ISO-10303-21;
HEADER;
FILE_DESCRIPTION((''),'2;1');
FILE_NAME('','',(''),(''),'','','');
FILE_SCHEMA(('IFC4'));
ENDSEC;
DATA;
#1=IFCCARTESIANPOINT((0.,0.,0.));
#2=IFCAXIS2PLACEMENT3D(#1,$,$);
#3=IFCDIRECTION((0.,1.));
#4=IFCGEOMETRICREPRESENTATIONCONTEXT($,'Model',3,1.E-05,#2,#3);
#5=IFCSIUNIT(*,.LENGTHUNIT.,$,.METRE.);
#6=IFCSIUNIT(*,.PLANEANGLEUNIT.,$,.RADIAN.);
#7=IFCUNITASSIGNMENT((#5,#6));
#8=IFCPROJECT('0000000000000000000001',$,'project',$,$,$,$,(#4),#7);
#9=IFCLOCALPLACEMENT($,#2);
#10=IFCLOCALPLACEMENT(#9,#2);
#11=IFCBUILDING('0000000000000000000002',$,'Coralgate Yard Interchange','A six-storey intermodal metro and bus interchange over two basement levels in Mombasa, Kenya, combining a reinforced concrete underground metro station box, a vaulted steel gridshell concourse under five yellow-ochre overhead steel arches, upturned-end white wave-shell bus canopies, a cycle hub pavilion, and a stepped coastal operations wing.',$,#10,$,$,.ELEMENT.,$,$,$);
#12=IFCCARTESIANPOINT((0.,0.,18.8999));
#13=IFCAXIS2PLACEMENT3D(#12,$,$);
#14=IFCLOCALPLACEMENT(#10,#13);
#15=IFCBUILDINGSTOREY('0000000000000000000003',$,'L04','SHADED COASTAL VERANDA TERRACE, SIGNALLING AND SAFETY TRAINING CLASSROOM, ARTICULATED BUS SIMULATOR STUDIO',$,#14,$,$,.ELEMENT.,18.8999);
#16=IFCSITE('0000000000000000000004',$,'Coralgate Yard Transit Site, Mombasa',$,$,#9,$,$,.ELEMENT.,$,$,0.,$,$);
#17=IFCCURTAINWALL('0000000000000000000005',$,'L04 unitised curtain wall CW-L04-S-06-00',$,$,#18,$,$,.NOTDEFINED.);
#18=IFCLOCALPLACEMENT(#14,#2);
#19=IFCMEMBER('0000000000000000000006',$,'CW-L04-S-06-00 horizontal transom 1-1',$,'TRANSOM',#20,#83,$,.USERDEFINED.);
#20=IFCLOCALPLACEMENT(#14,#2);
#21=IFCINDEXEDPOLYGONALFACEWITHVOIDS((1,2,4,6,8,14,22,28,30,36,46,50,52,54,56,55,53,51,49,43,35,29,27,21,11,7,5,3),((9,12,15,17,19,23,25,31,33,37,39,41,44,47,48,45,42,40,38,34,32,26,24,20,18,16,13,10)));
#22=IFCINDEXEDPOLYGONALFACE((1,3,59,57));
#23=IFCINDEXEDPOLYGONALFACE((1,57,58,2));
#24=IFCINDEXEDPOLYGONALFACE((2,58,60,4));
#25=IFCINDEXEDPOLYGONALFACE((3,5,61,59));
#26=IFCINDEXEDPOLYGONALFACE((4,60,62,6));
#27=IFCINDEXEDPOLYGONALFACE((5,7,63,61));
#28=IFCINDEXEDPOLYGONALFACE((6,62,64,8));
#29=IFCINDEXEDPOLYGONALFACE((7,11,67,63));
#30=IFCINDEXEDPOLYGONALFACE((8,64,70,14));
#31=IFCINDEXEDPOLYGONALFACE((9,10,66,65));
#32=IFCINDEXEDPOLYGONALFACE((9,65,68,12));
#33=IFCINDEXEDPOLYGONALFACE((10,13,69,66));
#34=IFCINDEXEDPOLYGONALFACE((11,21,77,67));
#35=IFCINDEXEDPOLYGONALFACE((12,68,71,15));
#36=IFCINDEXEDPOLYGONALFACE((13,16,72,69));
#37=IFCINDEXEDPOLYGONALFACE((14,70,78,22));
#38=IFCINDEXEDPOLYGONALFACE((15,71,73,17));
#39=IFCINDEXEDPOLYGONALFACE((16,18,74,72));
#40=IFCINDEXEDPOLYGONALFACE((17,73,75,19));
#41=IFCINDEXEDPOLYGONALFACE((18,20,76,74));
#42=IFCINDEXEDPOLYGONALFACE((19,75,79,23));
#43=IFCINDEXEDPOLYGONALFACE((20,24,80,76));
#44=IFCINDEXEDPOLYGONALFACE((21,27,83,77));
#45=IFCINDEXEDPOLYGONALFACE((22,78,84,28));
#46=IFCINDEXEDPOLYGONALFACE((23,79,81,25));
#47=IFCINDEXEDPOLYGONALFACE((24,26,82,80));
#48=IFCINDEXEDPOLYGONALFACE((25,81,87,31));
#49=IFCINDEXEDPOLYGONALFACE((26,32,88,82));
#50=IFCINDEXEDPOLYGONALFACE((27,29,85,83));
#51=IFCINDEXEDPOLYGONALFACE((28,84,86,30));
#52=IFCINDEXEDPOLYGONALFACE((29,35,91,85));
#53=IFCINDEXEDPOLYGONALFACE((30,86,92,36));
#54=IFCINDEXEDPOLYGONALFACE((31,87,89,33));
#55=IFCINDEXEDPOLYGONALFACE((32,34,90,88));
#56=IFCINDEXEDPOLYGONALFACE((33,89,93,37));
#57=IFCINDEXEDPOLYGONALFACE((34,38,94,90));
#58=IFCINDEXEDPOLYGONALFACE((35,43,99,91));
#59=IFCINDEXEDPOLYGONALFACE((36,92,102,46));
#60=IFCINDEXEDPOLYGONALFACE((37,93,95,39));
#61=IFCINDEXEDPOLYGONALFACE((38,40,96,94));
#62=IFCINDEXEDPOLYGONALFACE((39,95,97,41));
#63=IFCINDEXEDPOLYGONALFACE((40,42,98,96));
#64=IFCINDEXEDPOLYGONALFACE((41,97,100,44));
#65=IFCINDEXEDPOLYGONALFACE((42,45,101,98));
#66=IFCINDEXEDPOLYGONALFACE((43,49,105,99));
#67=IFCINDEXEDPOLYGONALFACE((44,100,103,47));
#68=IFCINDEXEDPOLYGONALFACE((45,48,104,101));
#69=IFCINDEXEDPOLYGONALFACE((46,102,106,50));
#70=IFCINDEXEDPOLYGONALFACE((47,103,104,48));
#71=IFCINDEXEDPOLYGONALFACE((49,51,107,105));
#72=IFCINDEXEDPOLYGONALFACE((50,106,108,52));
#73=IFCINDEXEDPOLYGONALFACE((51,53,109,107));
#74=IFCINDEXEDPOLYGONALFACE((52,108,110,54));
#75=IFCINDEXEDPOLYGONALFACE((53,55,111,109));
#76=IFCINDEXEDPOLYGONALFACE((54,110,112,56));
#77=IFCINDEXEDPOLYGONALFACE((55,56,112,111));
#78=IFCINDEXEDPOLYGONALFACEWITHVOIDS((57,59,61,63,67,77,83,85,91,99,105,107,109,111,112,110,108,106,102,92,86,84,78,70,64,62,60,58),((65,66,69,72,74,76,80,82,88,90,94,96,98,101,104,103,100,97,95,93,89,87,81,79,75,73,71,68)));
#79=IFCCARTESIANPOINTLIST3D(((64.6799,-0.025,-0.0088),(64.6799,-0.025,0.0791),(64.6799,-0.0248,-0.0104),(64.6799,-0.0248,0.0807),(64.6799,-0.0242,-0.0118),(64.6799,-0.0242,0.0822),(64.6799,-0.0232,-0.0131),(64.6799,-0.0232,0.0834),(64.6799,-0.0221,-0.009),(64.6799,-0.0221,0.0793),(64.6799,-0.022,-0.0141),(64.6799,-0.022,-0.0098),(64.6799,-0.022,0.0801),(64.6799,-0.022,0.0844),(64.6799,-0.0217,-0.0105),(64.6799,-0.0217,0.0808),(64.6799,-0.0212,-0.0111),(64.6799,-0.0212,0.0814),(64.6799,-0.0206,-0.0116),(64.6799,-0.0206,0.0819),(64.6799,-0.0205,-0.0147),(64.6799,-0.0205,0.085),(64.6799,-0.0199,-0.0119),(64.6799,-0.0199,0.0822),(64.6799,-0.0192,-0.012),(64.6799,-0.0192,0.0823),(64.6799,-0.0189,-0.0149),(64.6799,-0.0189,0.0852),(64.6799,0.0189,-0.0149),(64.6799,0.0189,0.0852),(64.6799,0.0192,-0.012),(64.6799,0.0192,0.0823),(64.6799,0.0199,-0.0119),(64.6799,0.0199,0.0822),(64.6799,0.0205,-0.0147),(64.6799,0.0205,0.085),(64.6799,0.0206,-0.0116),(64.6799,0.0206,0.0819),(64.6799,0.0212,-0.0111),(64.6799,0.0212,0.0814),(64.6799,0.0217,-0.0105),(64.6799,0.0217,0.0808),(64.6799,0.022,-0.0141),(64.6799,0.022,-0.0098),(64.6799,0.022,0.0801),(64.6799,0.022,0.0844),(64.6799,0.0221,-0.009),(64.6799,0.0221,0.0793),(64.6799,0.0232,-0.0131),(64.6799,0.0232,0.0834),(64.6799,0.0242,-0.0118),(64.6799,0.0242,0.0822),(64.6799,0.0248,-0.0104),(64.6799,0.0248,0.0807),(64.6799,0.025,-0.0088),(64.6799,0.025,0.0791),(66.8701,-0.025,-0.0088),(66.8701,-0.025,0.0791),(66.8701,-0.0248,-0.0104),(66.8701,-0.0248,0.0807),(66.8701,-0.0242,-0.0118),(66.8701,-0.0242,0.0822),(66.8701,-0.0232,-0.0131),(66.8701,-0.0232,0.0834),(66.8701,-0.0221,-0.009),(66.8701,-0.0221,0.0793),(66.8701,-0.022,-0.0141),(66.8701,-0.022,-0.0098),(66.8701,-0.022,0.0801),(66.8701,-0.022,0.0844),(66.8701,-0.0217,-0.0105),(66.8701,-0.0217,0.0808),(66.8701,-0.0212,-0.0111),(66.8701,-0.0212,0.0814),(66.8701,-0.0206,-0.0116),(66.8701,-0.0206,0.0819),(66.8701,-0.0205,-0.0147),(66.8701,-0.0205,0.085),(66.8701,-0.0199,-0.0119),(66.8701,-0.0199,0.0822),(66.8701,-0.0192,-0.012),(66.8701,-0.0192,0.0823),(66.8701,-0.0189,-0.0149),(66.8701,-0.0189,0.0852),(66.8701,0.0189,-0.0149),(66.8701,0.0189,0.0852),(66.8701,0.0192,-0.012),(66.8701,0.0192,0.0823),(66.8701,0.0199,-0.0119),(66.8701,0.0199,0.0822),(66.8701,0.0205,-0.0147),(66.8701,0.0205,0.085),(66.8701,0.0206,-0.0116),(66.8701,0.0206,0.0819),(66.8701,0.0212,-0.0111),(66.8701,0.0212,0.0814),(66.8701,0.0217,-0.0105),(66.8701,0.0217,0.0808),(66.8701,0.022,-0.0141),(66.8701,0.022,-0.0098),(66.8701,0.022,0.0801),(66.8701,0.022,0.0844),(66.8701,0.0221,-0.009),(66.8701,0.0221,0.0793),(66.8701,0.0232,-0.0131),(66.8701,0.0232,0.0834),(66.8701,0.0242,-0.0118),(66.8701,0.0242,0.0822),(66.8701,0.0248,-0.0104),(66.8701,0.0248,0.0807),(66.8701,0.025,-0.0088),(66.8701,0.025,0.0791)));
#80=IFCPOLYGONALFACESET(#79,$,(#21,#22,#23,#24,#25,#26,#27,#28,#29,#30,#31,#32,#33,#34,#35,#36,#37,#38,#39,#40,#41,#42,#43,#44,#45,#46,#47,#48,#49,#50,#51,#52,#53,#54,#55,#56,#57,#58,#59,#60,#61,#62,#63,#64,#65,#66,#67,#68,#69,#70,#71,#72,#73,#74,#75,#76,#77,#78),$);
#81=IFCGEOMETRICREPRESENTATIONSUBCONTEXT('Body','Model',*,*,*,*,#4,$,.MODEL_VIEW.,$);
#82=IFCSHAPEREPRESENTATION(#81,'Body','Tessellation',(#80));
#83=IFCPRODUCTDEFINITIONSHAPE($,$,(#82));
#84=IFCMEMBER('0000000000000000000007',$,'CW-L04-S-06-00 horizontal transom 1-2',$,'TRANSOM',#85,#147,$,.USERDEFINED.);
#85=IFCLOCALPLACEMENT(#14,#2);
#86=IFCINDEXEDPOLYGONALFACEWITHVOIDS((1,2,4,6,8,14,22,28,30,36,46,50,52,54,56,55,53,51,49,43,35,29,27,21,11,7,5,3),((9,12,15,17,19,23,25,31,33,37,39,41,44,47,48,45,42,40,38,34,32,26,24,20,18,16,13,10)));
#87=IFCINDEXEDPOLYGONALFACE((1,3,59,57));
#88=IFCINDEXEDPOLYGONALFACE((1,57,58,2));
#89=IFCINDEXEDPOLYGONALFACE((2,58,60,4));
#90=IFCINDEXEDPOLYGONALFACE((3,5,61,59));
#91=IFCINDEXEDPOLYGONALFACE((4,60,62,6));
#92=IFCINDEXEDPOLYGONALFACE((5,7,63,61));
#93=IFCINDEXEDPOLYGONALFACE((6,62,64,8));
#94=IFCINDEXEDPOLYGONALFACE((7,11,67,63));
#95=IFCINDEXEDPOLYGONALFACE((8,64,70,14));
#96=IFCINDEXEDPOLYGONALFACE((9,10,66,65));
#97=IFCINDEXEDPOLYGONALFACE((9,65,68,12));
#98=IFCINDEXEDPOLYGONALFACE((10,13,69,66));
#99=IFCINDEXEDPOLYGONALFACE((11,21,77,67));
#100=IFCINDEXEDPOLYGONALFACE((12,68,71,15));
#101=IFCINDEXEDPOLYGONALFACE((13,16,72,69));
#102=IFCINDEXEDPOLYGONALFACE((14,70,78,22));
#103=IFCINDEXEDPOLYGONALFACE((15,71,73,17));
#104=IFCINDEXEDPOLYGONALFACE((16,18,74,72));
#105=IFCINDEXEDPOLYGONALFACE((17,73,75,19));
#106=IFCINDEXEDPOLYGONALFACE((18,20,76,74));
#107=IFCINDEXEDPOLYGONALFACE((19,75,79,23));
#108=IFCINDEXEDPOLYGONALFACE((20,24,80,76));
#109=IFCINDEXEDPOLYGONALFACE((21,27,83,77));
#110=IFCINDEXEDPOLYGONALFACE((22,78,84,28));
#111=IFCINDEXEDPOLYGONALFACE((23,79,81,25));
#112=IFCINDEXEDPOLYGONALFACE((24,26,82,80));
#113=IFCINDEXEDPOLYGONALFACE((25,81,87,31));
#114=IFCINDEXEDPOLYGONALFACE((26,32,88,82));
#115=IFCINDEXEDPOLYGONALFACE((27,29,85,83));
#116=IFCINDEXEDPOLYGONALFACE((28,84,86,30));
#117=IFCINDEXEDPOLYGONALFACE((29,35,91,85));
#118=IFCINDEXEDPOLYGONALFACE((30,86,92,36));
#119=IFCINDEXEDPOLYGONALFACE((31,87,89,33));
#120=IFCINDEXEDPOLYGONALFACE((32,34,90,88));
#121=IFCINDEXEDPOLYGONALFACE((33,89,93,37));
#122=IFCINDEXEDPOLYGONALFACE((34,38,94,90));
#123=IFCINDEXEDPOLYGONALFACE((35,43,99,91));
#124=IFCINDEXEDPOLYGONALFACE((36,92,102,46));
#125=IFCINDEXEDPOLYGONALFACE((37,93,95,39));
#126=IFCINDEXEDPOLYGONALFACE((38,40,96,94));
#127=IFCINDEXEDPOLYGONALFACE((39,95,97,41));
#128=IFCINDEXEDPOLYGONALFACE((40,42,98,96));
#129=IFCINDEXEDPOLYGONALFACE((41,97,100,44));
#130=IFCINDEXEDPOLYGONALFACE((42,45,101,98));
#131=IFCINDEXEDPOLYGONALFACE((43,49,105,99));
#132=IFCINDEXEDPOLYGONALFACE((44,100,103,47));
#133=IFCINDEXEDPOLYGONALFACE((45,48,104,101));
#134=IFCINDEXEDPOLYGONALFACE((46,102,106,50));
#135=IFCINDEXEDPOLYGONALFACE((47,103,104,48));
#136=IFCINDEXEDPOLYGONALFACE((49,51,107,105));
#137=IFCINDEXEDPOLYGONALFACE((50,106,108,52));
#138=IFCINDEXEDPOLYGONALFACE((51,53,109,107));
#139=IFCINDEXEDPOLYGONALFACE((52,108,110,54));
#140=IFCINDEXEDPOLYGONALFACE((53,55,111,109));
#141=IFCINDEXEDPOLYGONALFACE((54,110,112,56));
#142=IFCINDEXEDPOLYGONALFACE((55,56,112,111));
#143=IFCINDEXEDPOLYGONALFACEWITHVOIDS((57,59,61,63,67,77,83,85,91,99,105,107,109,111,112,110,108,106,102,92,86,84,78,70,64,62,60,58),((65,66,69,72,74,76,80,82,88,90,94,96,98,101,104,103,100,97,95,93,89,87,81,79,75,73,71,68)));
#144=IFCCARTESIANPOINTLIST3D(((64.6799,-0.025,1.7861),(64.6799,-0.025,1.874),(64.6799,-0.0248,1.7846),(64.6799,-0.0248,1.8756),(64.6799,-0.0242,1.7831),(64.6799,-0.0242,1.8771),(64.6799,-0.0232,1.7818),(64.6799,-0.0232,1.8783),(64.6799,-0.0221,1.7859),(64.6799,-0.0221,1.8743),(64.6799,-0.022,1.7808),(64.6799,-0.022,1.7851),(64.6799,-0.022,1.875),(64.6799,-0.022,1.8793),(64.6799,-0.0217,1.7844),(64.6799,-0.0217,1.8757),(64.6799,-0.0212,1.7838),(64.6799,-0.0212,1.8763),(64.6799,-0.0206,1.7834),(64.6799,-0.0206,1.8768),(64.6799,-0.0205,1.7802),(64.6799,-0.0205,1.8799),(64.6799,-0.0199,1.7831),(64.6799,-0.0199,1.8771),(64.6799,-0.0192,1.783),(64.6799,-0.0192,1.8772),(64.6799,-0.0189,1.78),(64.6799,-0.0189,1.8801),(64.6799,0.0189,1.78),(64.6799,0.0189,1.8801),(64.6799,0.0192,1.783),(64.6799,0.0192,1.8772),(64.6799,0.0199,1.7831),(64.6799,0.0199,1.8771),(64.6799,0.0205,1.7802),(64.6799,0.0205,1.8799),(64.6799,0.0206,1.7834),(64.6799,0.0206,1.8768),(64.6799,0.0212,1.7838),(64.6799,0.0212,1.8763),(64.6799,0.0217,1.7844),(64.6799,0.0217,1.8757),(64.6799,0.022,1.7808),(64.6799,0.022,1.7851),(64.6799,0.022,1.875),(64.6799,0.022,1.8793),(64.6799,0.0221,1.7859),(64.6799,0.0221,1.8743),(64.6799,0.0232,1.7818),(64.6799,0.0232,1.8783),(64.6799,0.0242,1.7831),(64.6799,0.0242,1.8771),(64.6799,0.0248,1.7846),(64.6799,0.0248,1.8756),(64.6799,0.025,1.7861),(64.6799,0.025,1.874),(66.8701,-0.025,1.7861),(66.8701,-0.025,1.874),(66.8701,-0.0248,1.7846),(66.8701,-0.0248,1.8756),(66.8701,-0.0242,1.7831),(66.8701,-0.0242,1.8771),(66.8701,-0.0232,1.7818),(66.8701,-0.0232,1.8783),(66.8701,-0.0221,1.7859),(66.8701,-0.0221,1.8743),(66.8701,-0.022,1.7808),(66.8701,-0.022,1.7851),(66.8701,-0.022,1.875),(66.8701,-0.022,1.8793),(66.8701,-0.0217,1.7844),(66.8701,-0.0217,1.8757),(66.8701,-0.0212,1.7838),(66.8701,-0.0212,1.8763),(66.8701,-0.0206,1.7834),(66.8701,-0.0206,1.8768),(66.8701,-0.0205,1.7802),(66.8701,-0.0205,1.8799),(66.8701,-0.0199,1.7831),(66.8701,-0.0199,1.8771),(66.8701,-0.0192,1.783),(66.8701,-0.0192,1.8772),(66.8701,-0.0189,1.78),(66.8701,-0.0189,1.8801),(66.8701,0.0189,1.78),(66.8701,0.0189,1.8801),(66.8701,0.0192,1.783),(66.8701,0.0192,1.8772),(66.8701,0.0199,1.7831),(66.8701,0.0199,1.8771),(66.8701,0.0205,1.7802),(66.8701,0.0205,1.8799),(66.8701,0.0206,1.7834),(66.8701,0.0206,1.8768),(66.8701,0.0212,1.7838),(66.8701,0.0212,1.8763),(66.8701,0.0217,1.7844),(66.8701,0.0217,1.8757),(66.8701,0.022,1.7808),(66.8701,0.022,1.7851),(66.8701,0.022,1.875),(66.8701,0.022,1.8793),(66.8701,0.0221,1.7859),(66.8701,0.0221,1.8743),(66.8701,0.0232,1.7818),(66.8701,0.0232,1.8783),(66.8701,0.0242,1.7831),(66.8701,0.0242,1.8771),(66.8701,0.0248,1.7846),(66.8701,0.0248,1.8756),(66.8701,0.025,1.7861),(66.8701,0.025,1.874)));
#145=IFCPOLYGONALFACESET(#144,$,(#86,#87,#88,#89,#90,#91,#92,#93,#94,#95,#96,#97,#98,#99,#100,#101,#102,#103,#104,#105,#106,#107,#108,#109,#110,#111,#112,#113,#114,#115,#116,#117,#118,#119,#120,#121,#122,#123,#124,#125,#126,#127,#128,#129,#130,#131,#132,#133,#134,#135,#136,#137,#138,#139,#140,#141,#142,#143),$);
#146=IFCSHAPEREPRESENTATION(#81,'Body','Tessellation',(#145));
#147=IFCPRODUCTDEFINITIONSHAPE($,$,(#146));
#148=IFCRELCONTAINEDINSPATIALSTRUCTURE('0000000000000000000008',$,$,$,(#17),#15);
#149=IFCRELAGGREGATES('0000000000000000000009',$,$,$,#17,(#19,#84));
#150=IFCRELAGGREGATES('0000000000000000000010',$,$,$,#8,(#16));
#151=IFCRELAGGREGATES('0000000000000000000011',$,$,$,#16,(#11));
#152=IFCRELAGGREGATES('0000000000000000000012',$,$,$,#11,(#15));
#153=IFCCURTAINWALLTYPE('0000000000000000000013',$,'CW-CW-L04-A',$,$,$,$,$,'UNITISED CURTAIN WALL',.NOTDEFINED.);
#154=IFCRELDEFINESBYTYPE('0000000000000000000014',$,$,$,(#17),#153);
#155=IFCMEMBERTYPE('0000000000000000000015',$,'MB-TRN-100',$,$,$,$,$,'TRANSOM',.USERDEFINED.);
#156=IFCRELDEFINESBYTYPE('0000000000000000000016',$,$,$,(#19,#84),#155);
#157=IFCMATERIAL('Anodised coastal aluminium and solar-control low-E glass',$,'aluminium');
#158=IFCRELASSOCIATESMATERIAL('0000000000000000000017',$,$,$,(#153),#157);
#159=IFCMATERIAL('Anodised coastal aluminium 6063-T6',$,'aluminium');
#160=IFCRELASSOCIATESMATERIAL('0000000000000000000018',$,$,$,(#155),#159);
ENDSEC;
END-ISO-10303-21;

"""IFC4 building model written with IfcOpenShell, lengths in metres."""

from ifc_helpers import new_model, si_unit, direction, frame, origin, origin_2d, place, context, subcontext, project, spatial, hollow_rectangle, extrude, material, material_profile, profile_set, type_object, element, aggregate, save


model = new_model("IFC4")

# Units and contexts
model_context = context("Model", 3, precision=1e-05, world=origin(), true_north=direction((0.0, 1.0)))
body_context = subcontext(model_context, "Body", "Model", "MODEL_VIEW")
ifc_project = project(units=[si_unit("LENGTHUNIT", "METRE"), si_unit("PLANEANGLEUNIT", "RADIAN")], contexts=[model_context])

# Site, building, storey
site_placement = place(None, origin())
site = spatial("IfcSite", under=ifc_project, at=site_placement, Name="Coralgate Yard Transit Site, Mombasa", CompositionType="ELEMENT", RefElevation=0.0)
building_placement = place(site_placement, origin())
building = spatial("IfcBuilding", under=site, at=building_placement, Name="Coralgate Yard Interchange", Description="A six-storey intermodal metro and bus interchange over two basement levels in Mombasa, Kenya, combining a reinforced concrete underground metro station box, a vaulted steel gridshell concourse under five yellow-ochre overhead steel arches, upturned-end white wave-shell bus canopies, a cycle hub pavilion, and a stepped coastal operations wing.", CompositionType="ELEMENT")
storey_placement = place(building_placement, frame((0.0, 0.0, 18.8999)))
storey = spatial("IfcBuildingStorey", under=building, at=storey_placement, Name="L04", Description="SHADED COASTAL VERANDA TERRACE, SIGNALLING AND SAFETY TRAINING CLASSROOM, ARTICULATED BUS SIMULATOR STUDIO", CompositionType="ELEMENT", Elevation=18.8999)

# Curtain wall
ifc_material_1 = material(Name="Anodised coastal aluminium and solar-control low-E glass", Category="aluminium")
curtain_wall_type = type_object("IfcCurtainWallType", Name="CW-CW-L04-A", ElementType="UNITISED CURTAIN WALL", PredefinedType="NOTDEFINED", material=ifc_material_1)
curtain_wall_1_placement = place(storey_placement, origin())
curtain_wall_1 = element("IfcCurtainWall", 1, at=curtain_wall_1_placement, inside=storey, type_object=curtain_wall_type, Name="L04 unitised curtain wall CW-L04-S-06-00", PredefinedType="NOTDEFINED")
ifc_material_2 = material(Name="Anodised coastal aluminium 6063-T6", Category="aluminium")

# Members
ifc_material_profile_1 = material_profile(ifc_material_2, hollow_rectangle(XDim=0.05, YDim=0.1001, WallThickness=0.0029, InnerFilletRadius=0.0029, OuterFilletRadius=0.0061, at=origin_2d()), Name="ALU 50x100x3")
ifc_profile_set_1 = profile_set([ifc_material_profile_1], Name="Anodised coastal aluminium 6063-T6")
member_type_1 = type_object("IfcMemberType", Name="MB-TRN-100", ElementType="TRANSOM", PredefinedType="USERDEFINED", material=ifc_profile_set_1)
member_1_placement = place(storey_placement, frame((66.8701, 0.0, 0.0352), z_axis=(-1.0, 0.0, 0.0), x_axis=(0.0, -1.0, 0.0)))
member_1 = element("IfcMember", 2, at=member_1_placement, type_object=member_type_1, Name="CW-L04-S-06-00 horizontal transom 1-1", ObjectType="TRANSOM", PredefinedType="USERDEFINED", context=body_context, shape_type="SweptSolid", body=[
    extrude(hollow_rectangle(XDim=0.05, YDim=0.1001, WallThickness=0.0029, InnerFilletRadius=0.0029, OuterFilletRadius=0.0061, at=origin_2d()), origin(), (0.0, 0.0, 1.0), 2.1902),
])
member_2_placement = place(storey_placement, frame((66.8701, 0.0, 1.8301), z_axis=(-1.0, 0.0, 0.0), x_axis=(0.0, -1.0, 0.0)))
member_2 = element("IfcMember", 3, at=member_2_placement, type_object=member_type_1, Name="CW-L04-S-06-00 horizontal transom 1-2", ObjectType="TRANSOM", PredefinedType="USERDEFINED", context=body_context, shape_type="SweptSolid", body=[
    extrude(hollow_rectangle(XDim=0.05, YDim=0.1001, WallThickness=0.0029, InnerFilletRadius=0.0029, OuterFilletRadius=0.0061, at=origin_2d()), origin(), (0.0, 0.0, 1.0), 2.1902),
])

aggregate(curtain_wall_1, [member_1, member_2])

save(model, "model.ifc")
